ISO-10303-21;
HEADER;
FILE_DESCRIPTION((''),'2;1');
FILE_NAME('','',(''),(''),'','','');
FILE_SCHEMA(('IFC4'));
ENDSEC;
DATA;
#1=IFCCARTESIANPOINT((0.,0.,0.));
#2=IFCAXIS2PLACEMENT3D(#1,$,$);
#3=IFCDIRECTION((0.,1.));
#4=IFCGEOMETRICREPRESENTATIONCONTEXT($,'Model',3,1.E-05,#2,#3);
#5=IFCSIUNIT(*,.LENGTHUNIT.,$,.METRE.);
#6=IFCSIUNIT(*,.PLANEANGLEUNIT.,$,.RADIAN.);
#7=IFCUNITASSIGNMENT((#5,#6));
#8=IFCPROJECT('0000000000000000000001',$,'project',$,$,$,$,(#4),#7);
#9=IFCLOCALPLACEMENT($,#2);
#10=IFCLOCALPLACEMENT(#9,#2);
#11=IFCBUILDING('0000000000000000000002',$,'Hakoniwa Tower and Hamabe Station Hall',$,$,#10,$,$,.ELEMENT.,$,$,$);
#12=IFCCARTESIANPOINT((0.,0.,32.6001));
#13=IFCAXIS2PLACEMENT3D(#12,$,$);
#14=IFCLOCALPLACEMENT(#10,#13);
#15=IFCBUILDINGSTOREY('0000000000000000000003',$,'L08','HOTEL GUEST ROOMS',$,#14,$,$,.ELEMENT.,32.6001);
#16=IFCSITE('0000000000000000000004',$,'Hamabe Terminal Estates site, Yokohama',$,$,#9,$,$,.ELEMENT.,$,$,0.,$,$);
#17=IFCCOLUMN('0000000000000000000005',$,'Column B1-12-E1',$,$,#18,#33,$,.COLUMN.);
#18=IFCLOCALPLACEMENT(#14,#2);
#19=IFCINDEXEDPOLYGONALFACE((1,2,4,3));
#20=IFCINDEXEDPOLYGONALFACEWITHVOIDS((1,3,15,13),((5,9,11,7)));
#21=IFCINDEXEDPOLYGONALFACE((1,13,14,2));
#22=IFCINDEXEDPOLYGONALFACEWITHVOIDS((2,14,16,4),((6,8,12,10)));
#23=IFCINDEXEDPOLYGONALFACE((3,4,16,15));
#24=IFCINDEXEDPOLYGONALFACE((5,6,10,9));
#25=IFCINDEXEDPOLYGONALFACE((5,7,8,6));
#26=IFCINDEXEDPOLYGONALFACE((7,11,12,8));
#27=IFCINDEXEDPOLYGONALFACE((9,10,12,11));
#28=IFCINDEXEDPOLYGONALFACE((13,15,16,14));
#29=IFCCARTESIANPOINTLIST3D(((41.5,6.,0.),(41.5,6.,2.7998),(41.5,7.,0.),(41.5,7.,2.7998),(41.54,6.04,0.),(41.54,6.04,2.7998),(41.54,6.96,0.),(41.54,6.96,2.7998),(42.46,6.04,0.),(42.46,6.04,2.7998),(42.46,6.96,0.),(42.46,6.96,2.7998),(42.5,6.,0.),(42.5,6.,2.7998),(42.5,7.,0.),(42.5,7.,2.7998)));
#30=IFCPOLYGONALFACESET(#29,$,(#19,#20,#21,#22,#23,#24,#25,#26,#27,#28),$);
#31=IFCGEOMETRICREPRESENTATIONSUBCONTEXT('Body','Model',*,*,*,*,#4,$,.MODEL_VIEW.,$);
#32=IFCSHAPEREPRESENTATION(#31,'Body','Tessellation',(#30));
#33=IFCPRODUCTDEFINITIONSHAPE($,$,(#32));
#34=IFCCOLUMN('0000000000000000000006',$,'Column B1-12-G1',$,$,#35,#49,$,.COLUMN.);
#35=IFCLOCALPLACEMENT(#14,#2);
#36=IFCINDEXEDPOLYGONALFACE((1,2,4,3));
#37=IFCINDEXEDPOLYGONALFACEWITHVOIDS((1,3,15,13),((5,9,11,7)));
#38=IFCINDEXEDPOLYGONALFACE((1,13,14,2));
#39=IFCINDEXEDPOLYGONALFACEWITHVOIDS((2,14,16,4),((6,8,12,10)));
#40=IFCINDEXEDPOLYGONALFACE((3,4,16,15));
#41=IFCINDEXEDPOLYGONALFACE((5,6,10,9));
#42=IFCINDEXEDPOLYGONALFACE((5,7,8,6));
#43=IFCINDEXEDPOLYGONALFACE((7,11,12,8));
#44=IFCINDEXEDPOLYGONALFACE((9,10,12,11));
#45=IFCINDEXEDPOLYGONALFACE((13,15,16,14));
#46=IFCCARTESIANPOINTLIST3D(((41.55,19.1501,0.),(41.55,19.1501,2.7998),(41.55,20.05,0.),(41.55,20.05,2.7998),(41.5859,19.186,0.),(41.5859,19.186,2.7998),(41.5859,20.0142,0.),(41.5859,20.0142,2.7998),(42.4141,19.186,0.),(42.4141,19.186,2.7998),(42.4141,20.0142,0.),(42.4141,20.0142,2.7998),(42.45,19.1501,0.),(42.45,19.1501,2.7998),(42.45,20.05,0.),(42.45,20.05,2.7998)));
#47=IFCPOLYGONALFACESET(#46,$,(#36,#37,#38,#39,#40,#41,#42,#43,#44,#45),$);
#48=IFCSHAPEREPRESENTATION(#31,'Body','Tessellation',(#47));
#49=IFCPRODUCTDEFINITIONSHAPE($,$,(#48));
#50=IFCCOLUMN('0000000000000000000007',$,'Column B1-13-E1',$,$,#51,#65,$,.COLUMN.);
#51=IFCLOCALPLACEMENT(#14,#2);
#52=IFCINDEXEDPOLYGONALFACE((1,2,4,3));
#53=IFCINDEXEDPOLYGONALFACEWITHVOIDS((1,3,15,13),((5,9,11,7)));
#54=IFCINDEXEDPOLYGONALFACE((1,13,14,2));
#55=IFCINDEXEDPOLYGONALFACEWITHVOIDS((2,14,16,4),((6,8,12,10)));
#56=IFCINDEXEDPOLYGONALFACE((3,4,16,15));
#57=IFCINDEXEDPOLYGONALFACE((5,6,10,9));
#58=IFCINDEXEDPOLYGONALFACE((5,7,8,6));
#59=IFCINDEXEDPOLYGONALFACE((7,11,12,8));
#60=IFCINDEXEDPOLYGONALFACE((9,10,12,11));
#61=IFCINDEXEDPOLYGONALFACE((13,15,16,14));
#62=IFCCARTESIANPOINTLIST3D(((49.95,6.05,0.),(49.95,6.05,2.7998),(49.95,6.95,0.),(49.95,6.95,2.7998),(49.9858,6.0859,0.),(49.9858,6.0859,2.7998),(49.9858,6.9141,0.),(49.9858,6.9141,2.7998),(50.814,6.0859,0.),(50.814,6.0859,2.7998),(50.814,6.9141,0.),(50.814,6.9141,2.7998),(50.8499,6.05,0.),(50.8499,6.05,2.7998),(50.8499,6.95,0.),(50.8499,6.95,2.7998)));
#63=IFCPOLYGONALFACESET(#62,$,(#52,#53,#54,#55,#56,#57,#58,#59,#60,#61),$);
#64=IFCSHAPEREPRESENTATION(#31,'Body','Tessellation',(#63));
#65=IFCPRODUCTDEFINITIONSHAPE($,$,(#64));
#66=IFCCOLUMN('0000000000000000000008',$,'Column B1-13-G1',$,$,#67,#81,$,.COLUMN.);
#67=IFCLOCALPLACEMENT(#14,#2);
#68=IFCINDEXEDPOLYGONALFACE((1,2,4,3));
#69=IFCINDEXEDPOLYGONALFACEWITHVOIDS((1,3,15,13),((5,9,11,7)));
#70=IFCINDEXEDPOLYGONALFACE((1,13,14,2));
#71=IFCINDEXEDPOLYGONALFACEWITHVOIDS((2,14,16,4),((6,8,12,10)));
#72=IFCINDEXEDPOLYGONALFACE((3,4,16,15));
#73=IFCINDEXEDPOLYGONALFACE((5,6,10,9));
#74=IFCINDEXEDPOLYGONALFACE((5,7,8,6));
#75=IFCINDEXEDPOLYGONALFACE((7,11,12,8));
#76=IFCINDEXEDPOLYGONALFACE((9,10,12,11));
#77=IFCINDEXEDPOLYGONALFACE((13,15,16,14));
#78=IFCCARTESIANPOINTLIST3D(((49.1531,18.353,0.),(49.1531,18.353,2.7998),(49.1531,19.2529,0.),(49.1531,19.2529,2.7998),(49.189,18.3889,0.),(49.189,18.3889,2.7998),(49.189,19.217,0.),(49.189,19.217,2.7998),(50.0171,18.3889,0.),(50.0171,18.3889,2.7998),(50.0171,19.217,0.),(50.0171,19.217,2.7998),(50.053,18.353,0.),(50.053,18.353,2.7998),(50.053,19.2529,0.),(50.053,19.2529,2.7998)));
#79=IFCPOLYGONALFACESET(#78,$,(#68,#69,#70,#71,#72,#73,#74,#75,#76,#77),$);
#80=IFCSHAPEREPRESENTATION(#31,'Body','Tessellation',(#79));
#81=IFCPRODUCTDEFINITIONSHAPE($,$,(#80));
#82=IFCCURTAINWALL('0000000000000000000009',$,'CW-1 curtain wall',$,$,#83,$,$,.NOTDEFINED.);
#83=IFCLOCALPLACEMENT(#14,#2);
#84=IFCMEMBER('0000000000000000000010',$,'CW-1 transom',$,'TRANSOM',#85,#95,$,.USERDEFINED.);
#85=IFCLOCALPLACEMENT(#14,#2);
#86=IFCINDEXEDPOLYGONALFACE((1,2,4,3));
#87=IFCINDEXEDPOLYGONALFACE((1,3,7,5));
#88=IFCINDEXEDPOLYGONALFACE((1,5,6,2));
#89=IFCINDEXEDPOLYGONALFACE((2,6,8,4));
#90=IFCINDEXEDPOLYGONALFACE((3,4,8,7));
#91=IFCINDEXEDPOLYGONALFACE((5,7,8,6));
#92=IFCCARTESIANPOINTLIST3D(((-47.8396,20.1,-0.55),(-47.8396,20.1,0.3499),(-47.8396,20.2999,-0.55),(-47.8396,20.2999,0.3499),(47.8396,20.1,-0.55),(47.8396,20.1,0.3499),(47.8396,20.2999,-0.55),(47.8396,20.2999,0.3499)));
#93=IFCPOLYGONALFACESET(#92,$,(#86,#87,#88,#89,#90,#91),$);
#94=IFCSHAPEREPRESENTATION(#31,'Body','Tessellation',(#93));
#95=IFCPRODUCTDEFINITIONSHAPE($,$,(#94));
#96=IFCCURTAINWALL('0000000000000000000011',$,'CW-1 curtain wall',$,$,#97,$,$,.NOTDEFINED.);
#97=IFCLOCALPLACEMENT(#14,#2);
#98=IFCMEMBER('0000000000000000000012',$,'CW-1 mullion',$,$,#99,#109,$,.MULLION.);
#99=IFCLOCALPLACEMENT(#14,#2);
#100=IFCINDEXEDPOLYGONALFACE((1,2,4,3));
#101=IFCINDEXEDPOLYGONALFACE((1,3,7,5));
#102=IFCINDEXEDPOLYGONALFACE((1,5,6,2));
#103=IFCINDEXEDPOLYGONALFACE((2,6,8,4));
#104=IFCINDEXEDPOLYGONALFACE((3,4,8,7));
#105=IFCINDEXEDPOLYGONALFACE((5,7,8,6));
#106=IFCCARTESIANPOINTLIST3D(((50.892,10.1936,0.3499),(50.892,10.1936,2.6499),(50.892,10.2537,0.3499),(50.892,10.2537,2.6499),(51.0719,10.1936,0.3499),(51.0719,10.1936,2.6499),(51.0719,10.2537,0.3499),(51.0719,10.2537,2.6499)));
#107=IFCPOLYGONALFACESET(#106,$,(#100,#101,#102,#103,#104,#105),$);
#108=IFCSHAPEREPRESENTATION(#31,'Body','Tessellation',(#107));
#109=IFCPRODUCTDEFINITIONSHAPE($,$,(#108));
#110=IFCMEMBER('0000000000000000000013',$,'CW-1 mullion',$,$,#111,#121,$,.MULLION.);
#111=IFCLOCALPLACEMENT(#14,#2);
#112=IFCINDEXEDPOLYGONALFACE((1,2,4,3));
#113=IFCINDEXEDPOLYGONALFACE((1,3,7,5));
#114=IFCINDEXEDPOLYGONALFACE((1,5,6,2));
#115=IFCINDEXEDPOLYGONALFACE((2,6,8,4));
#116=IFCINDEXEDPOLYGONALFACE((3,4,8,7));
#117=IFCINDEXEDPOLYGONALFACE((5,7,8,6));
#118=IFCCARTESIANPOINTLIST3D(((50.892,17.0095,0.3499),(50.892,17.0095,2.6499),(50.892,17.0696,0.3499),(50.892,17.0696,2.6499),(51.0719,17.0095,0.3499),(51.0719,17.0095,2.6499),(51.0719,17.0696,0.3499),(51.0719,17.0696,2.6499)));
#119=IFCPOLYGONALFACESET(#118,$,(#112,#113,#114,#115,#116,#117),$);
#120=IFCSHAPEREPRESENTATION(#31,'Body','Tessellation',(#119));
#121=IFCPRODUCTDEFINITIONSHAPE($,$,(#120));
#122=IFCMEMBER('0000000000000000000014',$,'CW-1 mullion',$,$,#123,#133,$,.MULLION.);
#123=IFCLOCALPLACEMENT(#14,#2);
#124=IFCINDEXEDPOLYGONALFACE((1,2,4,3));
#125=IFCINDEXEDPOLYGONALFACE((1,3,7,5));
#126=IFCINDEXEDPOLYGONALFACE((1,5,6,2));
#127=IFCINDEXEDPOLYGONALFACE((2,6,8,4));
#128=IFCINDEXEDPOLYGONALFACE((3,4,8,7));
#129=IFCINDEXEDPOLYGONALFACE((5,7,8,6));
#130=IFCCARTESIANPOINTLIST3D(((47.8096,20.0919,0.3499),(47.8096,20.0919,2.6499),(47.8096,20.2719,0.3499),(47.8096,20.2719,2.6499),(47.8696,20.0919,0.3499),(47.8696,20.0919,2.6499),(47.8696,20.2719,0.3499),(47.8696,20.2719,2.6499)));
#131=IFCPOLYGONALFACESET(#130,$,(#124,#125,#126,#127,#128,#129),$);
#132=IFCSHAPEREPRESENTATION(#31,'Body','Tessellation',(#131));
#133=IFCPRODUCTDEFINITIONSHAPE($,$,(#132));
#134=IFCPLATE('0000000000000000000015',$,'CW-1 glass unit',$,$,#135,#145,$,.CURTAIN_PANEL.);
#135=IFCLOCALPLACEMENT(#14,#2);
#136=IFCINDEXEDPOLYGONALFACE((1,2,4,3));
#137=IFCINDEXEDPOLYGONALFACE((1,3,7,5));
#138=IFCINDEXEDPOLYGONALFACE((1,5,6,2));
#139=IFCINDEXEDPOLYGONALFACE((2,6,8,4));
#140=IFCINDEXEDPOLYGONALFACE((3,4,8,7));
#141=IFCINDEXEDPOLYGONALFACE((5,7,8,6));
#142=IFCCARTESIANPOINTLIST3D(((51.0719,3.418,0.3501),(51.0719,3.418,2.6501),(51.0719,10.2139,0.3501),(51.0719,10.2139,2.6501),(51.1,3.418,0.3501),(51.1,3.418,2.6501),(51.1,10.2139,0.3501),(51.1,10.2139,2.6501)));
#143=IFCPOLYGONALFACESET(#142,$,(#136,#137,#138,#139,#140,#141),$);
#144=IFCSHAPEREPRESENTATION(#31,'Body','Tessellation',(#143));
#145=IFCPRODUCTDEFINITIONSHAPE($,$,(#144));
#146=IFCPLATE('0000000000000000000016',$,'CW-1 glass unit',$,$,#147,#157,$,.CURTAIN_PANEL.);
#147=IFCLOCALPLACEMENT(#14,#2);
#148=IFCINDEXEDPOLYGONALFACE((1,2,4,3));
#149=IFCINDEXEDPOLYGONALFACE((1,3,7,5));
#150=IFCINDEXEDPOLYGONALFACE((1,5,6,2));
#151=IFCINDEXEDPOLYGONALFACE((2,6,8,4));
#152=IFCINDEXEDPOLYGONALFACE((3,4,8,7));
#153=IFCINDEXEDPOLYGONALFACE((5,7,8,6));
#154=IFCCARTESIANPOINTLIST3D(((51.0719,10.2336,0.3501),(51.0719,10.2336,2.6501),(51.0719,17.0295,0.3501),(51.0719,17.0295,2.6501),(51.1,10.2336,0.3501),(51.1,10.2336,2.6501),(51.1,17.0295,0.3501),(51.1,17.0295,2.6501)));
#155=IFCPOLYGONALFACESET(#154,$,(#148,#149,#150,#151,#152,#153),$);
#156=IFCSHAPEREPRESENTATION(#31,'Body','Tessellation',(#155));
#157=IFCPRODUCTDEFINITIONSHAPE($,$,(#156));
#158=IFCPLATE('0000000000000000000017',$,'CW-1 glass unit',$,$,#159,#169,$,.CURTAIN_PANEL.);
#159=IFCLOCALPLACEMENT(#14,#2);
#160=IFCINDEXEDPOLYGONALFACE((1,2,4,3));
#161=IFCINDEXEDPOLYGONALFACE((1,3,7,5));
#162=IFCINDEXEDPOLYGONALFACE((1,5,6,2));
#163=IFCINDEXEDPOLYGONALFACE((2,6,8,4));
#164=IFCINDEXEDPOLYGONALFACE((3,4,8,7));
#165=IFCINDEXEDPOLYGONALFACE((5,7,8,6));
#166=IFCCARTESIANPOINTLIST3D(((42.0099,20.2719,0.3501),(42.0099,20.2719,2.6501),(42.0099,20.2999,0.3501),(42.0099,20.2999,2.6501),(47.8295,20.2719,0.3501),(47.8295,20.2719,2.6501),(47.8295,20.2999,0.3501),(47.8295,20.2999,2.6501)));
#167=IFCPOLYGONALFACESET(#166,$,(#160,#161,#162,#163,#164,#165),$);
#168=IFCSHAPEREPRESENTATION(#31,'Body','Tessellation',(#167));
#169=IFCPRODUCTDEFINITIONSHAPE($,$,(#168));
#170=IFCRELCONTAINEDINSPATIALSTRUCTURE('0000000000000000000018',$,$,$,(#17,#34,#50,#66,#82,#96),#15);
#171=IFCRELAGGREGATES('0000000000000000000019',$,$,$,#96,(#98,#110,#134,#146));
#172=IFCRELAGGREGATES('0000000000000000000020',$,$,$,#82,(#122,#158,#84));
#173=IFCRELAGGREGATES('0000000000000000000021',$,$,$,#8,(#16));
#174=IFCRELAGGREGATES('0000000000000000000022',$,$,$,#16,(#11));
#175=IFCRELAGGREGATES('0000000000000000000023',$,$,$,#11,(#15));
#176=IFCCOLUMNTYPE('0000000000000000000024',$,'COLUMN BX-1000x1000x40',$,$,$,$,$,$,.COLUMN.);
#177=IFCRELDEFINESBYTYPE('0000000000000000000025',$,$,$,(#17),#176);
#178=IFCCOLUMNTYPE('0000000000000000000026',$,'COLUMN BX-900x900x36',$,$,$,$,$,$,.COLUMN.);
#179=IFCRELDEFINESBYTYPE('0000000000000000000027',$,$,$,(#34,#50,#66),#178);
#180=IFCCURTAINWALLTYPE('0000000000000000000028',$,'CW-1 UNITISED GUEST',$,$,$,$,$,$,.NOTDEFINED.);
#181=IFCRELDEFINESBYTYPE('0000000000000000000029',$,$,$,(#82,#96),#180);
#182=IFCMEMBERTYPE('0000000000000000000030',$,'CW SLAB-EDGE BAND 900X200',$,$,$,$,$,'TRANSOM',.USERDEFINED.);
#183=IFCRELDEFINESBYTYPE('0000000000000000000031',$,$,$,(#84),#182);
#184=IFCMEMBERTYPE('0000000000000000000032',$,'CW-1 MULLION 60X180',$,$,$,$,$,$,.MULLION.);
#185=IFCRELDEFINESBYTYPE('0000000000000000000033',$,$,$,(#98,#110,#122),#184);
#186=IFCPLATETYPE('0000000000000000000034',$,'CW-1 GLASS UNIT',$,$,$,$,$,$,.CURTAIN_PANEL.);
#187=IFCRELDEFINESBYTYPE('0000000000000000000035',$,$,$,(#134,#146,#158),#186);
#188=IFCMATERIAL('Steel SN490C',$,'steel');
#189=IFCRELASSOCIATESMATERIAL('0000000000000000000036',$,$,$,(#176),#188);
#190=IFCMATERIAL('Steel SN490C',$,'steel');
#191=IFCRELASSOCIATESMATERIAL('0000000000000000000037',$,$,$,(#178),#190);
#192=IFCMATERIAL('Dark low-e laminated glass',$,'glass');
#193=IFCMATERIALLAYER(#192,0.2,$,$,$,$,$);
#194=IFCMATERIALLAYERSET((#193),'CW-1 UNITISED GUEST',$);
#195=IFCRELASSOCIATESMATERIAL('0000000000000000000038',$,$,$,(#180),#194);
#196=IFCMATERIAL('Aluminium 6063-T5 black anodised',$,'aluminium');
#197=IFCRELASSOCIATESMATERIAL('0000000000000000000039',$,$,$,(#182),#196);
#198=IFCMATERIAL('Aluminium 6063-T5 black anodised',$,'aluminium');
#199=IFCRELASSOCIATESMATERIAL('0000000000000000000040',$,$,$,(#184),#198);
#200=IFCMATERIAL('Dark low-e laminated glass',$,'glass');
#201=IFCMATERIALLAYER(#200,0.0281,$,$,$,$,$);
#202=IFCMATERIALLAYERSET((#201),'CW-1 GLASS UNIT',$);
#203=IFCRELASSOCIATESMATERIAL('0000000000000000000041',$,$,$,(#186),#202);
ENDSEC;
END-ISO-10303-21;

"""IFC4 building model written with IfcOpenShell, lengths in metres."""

from ifc_helpers import new_model, si_unit, direction, frame, origin, origin_2d, place, context, subcontext, project, spatial, rectangle, hollow_rectangle, extrude, material, layer, layer_set, material_profile, profile_set, type_object, element, aggregate, save


model = new_model("IFC4")

# Units and contexts
model_context = context("Model", 3, precision=1e-05, world=origin(), true_north=direction((0.0, 1.0)))
body_context = subcontext(model_context, "Body", "Model", "MODEL_VIEW")
ifc_project = project(units=[si_unit("LENGTHUNIT", "METRE"), si_unit("PLANEANGLEUNIT", "RADIAN")], contexts=[model_context])

# Site, building, storey
site_placement = place(None, origin())
site = spatial("IfcSite", under=ifc_project, at=site_placement, Name="Hamabe Terminal Estates site, Yokohama", CompositionType="ELEMENT", RefElevation=0.0)
building_placement = place(site_placement, origin())
building = spatial("IfcBuilding", under=site, at=building_placement, Name="Hakoniwa Tower and Hamabe Station Hall", CompositionType="ELEMENT")
storey_placement = place(building_placement, frame((0.0, 0.0, 32.6001)))
storey = spatial("IfcBuildingStorey", under=building, at=storey_placement, Name="L08", Description="HOTEL GUEST ROOMS", CompositionType="ELEMENT", Elevation=32.6001)

# Columns
ifc_material_1 = material(Name="Steel SN490C", Category="steel")
ifc_material_profile_1 = material_profile(ifc_material_1, hollow_rectangle(XDim=1.0, YDim=1.0, WallThickness=0.04, at=origin_2d()), Name="BX-1000x1000x40")
ifc_profile_set_1 = profile_set([ifc_material_profile_1], Name="Steel SN490C")
column_type_1 = type_object("IfcColumnType", Name="COLUMN BX-1000x1000x40", PredefinedType="COLUMN", material=ifc_profile_set_1)
column_placement = place(storey_placement, frame((42.0, 6.5, 0.0), z_axis=(0.0, 0.0, 1.0), x_axis=(1.0, 0.0, 0.0)))
element("IfcColumn", 1, at=column_placement, inside=storey, type_object=column_type_1, Name="Column B1-12-E1", PredefinedType="COLUMN", context=body_context, shape_type="SweptSolid", body=[
    extrude(hollow_rectangle(XDim=1.0, YDim=1.0, WallThickness=0.04, at=origin_2d()), origin(), (0.0, 0.0, 1.0), 2.7998),
])
ifc_material_2 = material(Name="Steel SN490C", Category="steel")
ifc_material_profile_2 = material_profile(ifc_material_2, hollow_rectangle(XDim=0.8999, YDim=0.8999, WallThickness=0.0359, at=origin_2d()), Name="BX-900x900x36")
ifc_profile_set_2 = profile_set([ifc_material_profile_2], Name="Steel SN490C")
column_type_2 = type_object("IfcColumnType", Name="COLUMN BX-900x900x36", PredefinedType="COLUMN", material=ifc_profile_set_2)
for number, where, z_axis, x_axis, name in (
    (2, (42.0, 19.6001, 0.0), (0.0, 0.0, 1.0), (1.0, 0.0, 0.0), "Column B1-12-G1"),
    (3, (50.3999, 6.5, 0.0), (0.0, 0.0, 1.0), (1.0, 0.0, 0.0), "Column B1-13-E1"),
    (4, (49.603, 18.803, 0.0), (0.0, 0.0, 1.0), (1.0, 0.0, 0.0), "Column B1-13-G1"),
):
    element("IfcColumn", number, at=place(storey_placement, frame(where, z_axis=z_axis, x_axis=x_axis)), inside=storey, type_object=column_type_2, Name=name, PredefinedType="COLUMN", context=body_context, shape_type="SweptSolid", body=[
        extrude(hollow_rectangle(XDim=0.8999, YDim=0.8999, WallThickness=0.0359, at=origin_2d()), origin(), (0.0, 0.0, 1.0), 2.7998),
    ])

# Curtain wall, member
ifc_material_3 = material(Name="Dark low-e laminated glass", Category="glass")
ifc_layer_1 = layer(ifc_material_3, 0.2)
ifc_layer_set_1 = layer_set([ifc_layer_1], Name="CW-1 UNITISED GUEST")
curtain_wall_type = type_object("IfcCurtainWallType", Name="CW-1 UNITISED GUEST", PredefinedType="NOTDEFINED", material=ifc_layer_set_1)
curtain_wall_1_placement = place(storey_placement, origin())
curtain_wall_1 = element("IfcCurtainWall", 5, at=curtain_wall_1_placement, inside=storey, type_object=curtain_wall_type, Name="CW-1 curtain wall", PredefinedType="NOTDEFINED")
ifc_material_4 = material(Name="Aluminium 6063-T5 black anodised", Category="aluminium")
ifc_material_profile_3 = material_profile(ifc_material_4, rectangle(XDim=0.2, YDim=0.8999, at=origin_2d()), Name="CW SLAB-EDGE BAND 900X200")
ifc_profile_set_3 = profile_set([ifc_material_profile_3], Name="Aluminium 6063-T5 black anodised")
member_type_1 = type_object("IfcMemberType", Name="CW SLAB-EDGE BAND 900X200", ElementType="TRANSOM", PredefinedType="USERDEFINED", material=ifc_profile_set_3)
member_1_placement = place(storey_placement, frame((47.8396, 20.2, -0.1001), z_axis=(-1.0, 0.0, 0.0), x_axis=(0.0, -1.0, 0.0)))
member_1 = element("IfcMember", 6, at=member_1_placement, type_object=member_type_1, Name="CW-1 transom", ObjectType="TRANSOM", PredefinedType="USERDEFINED", context=body_context, shape_type="SweptSolid", body=[
    extrude(rectangle(XDim=0.2, YDim=0.8999, at=origin_2d()), origin(), (0.0, 0.0, 1.0), 95.6792),
])

# Curtain wall, members
curtain_wall_2_placement = place(storey_placement, origin())
curtain_wall_2 = element("IfcCurtainWall", 7, at=curtain_wall_2_placement, inside=storey, type_object=curtain_wall_type, Name="CW-1 curtain wall", PredefinedType="NOTDEFINED")
ifc_material_5 = material(Name="Aluminium 6063-T5 black anodised", Category="aluminium")
ifc_material_profile_4 = material_profile(ifc_material_5, rectangle(XDim=0.0601, YDim=0.1799, at=origin_2d()), Name="CW-1 MULLION 60X180")
ifc_profile_set_4 = profile_set([ifc_material_profile_4], Name="Aluminium 6063-T5 black anodised")
member_type_2 = type_object("IfcMemberType", Name="CW-1 MULLION 60X180", PredefinedType="MULLION", material=ifc_profile_set_4)
member_2_placement = place(storey_placement, frame((50.9819, 10.2236, 0.3499), z_axis=(0.0, 0.0, 1.0), x_axis=(0.0, 1.0, 0.0)))
member_2 = element("IfcMember", 8, at=member_2_placement, type_object=member_type_2, Name="CW-1 mullion", PredefinedType="MULLION", context=body_context, shape_type="SweptSolid", body=[
    extrude(rectangle(XDim=0.0601, YDim=0.1799, at=origin_2d()), origin(), (0.0, 0.0, 1.0), 2.3),
])
member_3_placement = place(storey_placement, frame((50.9819, 17.0396, 0.3499), z_axis=(0.0, 0.0, 1.0), x_axis=(0.0, 1.0, 0.0)))
member_3 = element("IfcMember", 9, at=member_3_placement, type_object=member_type_2, Name="CW-1 mullion", PredefinedType="MULLION", context=body_context, shape_type="SweptSolid", body=[
    extrude(rectangle(XDim=0.0601, YDim=0.1799, at=origin_2d()), origin(), (0.0, 0.0, 1.0), 2.3),
])

# Member
member_4_placement = place(storey_placement, frame((47.8396, 20.1819, 0.3499), z_axis=(0.0, 0.0, 1.0), x_axis=(-1.0, 0.0, 0.0)))
member_4 = element("IfcMember", 10, at=member_4_placement, type_object=member_type_2, Name="CW-1 mullion", PredefinedType="MULLION", context=body_context, shape_type="SweptSolid", body=[
    extrude(rectangle(XDim=0.0601, YDim=0.1799, at=origin_2d()), origin(), (0.0, 0.0, 1.0), 2.3),
])

# Plates
ifc_material_6 = material(Name="Dark low-e laminated glass", Category="glass")
ifc_layer_2 = layer(ifc_material_6, 0.0281)
ifc_layer_set_2 = layer_set([ifc_layer_2], Name="CW-1 GLASS UNIT")
plate_type = type_object("IfcPlateType", Name="CW-1 GLASS UNIT", PredefinedType="CURTAIN_PANEL", material=ifc_layer_set_2)
plate_1_placement = place(storey_placement, frame((51.0859, 6.8159, 0.3501), z_axis=(0.0, 0.0, 1.0), x_axis=(0.0, 1.0, 0.0)))
plate_1 = element("IfcPlate", 11, at=plate_1_placement, type_object=plate_type, Name="CW-1 glass unit", PredefinedType="CURTAIN_PANEL", context=body_context, shape_type="SweptSolid", body=[
    extrude(rectangle(XDim=6.7959, YDim=0.0281, at=origin_2d()), origin(), (0.0, 0.0, 1.0), 2.3),
])
plate_2_placement = place(storey_placement, frame((51.0859, 13.6316, 0.3501), z_axis=(0.0, 0.0, 1.0), x_axis=(0.0, 1.0, 0.0)))
plate_2 = element("IfcPlate", 12, at=plate_2_placement, type_object=plate_type, Name="CW-1 glass unit", PredefinedType="CURTAIN_PANEL", context=body_context, shape_type="SweptSolid", body=[
    extrude(rectangle(XDim=6.7959, YDim=0.0281, at=origin_2d()), origin(), (0.0, 0.0, 1.0), 2.3),
])
aggregate(curtain_wall_2, [member_2, member_3, plate_1, plate_2])
plate_3_placement = place(storey_placement, frame((44.9197, 20.2859, 0.3501), z_axis=(0.0, 0.0, 1.0), x_axis=(-1.0, 0.0, 0.0)))
plate_3 = element("IfcPlate", 13, at=plate_3_placement, type_object=plate_type, Name="CW-1 glass unit", PredefinedType="CURTAIN_PANEL", context=body_context, shape_type="SweptSolid", body=[
    extrude(rectangle(XDim=5.8196, YDim=0.0281, at=origin_2d()), origin(), (0.0, 0.0, 1.0), 2.3),
])
aggregate(curtain_wall_1, [member_4, plate_3, member_1])

save(model, "model.ifc")
